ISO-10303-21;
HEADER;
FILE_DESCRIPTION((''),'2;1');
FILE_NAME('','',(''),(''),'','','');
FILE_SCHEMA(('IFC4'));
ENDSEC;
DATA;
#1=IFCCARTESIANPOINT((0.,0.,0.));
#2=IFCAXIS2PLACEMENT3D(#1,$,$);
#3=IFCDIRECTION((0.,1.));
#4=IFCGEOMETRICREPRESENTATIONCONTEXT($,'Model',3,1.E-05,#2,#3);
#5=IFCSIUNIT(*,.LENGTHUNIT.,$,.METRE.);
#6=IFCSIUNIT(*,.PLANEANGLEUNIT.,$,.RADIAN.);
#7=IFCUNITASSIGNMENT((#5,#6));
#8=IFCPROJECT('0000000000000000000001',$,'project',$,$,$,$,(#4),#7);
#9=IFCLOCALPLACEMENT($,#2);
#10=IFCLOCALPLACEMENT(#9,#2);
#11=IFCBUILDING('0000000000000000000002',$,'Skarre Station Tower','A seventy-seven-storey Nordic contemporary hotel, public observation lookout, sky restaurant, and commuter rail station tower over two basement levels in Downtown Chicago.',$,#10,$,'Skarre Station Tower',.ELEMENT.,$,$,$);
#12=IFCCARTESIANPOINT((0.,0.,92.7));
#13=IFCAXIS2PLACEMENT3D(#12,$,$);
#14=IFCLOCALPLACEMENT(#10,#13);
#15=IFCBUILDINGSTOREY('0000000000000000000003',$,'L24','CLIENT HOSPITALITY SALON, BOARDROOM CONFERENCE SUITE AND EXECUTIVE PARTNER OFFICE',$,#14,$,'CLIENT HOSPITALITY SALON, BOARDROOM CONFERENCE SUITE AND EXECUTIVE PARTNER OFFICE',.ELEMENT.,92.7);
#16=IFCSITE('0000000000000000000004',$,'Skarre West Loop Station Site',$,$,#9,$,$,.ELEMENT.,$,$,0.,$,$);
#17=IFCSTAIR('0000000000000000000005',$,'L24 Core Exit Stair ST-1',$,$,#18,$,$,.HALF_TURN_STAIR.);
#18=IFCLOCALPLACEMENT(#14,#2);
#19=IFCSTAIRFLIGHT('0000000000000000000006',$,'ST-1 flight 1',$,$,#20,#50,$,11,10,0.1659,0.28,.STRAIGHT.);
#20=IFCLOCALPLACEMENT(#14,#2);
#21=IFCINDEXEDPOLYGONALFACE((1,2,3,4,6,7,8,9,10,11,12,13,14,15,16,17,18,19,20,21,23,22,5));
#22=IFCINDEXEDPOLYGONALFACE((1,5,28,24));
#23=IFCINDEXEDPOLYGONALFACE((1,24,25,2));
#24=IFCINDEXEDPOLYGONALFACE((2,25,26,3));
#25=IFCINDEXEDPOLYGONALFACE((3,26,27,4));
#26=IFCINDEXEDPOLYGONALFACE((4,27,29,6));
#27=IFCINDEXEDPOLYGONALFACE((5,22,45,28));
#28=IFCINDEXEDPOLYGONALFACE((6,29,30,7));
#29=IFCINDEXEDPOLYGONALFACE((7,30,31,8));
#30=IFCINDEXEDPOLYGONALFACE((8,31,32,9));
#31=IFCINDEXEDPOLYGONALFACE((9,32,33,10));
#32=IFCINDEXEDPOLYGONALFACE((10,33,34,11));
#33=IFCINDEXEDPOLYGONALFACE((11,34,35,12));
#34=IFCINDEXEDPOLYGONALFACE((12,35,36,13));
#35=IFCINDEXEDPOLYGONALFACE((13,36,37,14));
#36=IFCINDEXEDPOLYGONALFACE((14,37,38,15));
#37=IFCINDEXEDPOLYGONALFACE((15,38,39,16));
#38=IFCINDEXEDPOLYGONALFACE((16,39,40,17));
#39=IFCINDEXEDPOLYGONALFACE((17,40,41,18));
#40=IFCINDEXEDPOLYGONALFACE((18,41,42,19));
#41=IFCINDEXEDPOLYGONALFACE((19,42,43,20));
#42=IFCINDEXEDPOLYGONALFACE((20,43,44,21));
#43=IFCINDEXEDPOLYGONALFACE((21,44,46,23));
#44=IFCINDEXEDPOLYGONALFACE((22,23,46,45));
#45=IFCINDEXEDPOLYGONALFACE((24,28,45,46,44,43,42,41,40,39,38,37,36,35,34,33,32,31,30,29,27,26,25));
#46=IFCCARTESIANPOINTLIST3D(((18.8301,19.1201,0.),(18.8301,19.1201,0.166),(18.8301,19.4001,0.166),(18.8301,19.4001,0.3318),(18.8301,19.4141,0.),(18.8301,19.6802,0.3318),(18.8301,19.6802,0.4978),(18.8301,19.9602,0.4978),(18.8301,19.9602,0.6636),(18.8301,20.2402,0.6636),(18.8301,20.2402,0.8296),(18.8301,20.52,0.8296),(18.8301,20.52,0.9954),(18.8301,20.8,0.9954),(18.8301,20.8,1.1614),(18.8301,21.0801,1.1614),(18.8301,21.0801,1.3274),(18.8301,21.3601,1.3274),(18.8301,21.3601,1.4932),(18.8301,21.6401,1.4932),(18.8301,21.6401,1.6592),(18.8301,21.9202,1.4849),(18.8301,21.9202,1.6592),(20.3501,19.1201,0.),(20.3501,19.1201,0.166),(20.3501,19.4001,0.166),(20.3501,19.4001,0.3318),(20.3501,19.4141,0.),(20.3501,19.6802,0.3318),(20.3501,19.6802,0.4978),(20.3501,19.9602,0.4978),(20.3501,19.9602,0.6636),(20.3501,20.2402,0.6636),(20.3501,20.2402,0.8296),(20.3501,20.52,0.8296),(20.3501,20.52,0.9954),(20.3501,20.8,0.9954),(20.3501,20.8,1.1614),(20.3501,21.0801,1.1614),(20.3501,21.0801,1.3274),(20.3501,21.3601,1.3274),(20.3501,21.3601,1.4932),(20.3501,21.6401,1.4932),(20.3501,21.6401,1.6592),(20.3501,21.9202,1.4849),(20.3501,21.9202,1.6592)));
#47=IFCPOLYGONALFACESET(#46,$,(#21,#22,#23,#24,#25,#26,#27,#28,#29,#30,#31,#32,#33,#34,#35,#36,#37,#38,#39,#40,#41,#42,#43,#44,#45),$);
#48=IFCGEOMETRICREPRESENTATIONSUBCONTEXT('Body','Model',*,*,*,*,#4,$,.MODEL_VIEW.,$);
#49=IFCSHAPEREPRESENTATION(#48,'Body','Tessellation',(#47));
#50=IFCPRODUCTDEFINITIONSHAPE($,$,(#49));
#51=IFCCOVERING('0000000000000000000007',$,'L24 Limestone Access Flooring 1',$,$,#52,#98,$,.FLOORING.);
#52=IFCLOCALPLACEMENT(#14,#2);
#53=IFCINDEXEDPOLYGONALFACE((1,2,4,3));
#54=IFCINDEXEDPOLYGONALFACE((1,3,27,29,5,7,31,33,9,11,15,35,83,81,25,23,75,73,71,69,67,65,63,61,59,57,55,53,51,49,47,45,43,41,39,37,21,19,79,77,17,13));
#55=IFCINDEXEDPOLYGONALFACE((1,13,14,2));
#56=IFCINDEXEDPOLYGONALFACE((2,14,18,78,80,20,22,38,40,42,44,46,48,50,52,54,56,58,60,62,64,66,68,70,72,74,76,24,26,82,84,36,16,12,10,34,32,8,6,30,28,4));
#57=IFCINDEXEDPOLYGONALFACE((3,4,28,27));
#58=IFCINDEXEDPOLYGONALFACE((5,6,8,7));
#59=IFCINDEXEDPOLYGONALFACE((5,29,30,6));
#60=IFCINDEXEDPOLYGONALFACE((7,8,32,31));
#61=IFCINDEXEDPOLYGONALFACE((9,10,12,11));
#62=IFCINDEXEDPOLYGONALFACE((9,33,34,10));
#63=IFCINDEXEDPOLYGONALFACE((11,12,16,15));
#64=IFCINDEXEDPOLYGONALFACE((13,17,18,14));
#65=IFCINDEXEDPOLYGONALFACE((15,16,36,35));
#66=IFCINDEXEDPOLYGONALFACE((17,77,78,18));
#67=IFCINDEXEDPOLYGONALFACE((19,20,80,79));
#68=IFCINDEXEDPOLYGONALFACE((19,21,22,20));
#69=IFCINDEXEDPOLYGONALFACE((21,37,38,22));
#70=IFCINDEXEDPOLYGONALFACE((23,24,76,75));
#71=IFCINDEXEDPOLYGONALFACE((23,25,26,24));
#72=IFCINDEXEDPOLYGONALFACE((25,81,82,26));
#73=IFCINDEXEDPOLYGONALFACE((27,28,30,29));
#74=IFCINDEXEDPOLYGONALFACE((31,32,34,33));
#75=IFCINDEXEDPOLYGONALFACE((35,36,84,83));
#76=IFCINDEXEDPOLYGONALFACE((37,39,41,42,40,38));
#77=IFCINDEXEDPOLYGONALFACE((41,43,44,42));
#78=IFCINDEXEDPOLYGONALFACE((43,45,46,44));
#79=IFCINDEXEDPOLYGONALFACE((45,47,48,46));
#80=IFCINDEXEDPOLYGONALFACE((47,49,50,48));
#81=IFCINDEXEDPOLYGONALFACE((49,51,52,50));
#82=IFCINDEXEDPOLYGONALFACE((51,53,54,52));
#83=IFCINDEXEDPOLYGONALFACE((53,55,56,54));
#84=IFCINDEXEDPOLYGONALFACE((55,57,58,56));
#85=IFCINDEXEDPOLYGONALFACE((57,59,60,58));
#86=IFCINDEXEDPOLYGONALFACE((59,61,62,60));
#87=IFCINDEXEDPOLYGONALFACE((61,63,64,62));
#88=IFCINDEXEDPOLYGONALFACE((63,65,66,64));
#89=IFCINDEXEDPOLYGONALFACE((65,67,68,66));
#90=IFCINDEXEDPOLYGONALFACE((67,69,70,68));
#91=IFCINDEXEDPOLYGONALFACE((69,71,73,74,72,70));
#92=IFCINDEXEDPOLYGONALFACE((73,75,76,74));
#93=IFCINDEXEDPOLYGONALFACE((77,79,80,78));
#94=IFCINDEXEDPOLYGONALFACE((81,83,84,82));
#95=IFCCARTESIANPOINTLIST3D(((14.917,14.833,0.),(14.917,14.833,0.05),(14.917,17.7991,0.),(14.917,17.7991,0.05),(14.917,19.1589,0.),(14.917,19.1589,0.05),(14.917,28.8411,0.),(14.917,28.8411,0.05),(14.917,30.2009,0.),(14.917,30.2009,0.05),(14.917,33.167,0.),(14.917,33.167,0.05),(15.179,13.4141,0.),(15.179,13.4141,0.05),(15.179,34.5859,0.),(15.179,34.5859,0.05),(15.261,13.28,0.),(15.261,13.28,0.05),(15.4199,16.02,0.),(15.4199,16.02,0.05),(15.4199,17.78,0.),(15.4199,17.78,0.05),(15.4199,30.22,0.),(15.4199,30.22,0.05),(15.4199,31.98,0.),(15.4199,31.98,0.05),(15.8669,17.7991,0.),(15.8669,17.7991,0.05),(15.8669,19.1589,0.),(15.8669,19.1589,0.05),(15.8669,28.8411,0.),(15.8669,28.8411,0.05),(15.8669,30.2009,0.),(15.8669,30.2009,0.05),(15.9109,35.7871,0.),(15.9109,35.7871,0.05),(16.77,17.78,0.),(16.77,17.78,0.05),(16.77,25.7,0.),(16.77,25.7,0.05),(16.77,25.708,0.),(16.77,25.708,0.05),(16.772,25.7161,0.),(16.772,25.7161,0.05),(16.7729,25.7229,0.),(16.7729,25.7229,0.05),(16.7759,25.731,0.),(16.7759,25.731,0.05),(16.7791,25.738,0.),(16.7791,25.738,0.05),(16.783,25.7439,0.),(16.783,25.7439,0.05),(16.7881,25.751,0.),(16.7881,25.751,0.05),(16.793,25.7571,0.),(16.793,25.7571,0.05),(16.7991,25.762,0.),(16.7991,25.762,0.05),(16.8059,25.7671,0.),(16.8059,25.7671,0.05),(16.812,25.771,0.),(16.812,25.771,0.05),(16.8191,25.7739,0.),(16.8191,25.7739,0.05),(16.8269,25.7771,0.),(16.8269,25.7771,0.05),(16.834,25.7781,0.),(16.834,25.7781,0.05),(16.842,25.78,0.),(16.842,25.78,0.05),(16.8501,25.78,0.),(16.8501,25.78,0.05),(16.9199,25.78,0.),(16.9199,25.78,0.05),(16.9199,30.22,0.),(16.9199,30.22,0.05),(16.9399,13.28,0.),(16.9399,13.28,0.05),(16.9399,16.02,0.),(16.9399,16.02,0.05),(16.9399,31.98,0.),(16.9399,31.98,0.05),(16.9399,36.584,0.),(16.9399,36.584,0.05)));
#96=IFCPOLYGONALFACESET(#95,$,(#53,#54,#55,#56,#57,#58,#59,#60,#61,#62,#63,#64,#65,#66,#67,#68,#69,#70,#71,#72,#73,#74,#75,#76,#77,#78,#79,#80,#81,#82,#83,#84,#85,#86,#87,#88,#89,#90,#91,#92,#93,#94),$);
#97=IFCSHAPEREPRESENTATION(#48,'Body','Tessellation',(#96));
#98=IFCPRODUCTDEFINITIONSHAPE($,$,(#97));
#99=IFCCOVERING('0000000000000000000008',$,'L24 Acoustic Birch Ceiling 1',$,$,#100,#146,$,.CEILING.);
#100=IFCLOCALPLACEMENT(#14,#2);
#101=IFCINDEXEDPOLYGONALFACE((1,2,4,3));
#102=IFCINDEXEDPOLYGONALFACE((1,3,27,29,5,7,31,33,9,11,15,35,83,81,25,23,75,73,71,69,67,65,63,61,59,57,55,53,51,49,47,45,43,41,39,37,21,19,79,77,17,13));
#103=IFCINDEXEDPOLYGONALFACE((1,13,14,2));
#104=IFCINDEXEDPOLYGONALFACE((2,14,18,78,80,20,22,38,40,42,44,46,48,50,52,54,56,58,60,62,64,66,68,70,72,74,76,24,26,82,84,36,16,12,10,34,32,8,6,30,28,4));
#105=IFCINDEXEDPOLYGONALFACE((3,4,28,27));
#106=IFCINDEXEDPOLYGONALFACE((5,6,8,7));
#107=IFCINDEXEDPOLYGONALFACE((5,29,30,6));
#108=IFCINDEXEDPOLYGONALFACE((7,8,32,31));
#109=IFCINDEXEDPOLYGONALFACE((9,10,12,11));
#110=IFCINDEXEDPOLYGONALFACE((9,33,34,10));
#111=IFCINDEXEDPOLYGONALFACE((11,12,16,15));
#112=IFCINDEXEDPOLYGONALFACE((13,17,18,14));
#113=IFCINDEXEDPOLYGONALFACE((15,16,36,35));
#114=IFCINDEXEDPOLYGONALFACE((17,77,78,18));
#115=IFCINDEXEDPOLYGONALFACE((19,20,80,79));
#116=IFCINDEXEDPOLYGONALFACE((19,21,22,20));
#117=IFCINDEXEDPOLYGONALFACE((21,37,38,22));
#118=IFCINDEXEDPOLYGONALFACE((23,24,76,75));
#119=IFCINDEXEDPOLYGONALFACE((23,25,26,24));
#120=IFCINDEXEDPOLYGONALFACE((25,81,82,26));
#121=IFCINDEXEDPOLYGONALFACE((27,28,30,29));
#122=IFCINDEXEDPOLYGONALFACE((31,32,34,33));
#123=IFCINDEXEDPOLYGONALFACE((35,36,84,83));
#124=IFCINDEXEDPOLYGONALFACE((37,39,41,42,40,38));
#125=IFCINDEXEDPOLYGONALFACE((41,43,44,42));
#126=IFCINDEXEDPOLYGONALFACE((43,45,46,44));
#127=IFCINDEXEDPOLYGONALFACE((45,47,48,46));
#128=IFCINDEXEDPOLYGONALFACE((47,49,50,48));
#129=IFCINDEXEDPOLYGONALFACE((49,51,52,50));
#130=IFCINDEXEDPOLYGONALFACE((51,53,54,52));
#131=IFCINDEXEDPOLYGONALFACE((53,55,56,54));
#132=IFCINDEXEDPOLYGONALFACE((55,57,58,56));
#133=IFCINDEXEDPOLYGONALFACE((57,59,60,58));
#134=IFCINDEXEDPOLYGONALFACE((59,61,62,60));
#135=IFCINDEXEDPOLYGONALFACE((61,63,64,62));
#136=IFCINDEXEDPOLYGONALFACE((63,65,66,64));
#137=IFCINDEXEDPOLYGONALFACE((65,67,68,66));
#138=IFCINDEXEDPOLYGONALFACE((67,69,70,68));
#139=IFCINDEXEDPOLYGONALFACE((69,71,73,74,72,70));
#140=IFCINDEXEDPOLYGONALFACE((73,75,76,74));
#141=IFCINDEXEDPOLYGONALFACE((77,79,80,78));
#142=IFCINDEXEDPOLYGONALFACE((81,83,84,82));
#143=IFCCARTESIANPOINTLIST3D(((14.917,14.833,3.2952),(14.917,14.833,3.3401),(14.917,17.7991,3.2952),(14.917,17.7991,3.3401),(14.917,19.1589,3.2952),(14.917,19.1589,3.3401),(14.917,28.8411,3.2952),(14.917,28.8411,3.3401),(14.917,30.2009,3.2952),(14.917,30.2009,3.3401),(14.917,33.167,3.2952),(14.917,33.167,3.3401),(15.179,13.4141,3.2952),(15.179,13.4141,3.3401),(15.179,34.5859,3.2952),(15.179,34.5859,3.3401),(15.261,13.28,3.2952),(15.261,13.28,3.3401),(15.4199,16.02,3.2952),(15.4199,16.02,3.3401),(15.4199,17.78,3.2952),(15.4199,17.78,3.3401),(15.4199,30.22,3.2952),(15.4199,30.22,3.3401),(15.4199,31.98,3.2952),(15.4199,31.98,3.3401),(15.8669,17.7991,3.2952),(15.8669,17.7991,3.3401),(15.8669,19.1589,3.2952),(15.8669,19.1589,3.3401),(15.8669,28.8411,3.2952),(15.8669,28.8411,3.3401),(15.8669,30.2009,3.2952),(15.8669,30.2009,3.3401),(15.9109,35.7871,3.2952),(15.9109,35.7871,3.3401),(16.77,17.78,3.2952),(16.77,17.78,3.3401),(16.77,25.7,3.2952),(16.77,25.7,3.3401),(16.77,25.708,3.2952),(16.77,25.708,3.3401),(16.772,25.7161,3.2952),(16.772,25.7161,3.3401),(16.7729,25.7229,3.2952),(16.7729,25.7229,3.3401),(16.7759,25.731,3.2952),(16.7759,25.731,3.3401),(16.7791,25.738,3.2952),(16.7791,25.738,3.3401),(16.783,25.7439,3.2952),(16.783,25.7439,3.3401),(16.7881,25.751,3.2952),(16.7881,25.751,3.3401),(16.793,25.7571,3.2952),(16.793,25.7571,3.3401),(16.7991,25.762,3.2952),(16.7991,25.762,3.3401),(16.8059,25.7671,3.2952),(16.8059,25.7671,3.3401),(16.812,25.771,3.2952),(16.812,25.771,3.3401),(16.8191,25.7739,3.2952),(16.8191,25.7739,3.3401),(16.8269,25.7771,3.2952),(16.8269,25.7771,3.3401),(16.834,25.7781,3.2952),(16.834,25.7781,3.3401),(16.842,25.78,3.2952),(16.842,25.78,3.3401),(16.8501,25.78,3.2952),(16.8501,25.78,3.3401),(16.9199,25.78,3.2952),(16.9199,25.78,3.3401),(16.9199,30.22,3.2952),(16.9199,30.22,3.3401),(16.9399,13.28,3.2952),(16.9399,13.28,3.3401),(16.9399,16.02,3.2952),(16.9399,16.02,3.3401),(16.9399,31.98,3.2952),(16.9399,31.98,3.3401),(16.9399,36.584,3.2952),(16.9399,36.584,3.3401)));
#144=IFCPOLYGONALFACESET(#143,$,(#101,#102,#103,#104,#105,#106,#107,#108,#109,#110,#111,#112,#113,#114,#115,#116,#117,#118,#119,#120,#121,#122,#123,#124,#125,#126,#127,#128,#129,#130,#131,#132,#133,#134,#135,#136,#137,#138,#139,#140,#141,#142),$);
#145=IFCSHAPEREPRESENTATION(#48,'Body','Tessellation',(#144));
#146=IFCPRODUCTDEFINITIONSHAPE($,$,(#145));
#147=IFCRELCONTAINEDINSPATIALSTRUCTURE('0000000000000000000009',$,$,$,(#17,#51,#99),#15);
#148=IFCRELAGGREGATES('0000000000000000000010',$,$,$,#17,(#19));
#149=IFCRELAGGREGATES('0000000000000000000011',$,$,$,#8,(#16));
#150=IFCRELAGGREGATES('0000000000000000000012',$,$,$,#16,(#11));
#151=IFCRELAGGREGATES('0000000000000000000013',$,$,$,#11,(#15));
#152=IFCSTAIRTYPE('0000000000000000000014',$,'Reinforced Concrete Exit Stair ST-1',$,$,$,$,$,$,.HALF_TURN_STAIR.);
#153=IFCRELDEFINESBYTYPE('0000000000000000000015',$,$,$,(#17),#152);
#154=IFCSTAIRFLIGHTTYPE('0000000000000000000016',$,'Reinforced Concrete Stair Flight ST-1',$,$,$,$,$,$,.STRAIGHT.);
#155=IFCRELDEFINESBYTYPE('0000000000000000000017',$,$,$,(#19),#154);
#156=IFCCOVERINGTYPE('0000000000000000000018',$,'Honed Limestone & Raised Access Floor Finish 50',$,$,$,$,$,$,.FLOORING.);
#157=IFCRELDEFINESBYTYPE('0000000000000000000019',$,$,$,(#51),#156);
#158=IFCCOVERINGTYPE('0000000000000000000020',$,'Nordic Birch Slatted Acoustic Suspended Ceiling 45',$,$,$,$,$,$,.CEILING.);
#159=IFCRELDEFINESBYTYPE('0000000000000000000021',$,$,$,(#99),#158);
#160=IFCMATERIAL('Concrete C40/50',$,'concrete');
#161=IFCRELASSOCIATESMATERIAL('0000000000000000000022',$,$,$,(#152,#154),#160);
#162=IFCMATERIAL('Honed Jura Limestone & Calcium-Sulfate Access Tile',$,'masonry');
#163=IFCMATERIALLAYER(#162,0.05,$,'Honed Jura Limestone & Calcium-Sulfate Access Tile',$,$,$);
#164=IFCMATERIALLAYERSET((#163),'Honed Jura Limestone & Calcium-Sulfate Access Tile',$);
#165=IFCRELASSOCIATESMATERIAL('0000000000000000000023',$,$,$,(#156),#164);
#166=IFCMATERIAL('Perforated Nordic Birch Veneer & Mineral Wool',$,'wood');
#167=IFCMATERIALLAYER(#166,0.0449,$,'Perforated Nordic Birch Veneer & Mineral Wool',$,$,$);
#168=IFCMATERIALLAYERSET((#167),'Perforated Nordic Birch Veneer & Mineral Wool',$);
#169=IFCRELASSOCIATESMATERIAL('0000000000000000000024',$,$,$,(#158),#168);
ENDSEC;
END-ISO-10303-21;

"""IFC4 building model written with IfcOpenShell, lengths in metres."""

from ifc_helpers import new_model, si_unit, direction, frame, origin, place, context, subcontext, project, spatial, polyline, outline, extrude, material, layer, layer_set, type_object, element, aggregate, save


model = new_model("IFC4")

# Units and contexts
model_context = context("Model", 3, precision=1e-05, world=origin(), true_north=direction((0.0, 1.0)))
body_context = subcontext(model_context, "Body", "Model", "MODEL_VIEW")
ifc_project = project(units=[si_unit("LENGTHUNIT", "METRE"), si_unit("PLANEANGLEUNIT", "RADIAN")], contexts=[model_context])

# Site, building, storey
site_placement = place(None, origin())
site = spatial("IfcSite", under=ifc_project, at=site_placement, Name="Skarre West Loop Station Site", CompositionType="ELEMENT", RefElevation=0.0)
building_placement = place(site_placement, origin())
building = spatial("IfcBuilding", under=site, at=building_placement, Name="Skarre Station Tower", Description="A seventy-seven-storey Nordic contemporary hotel, public observation lookout, sky restaurant, and commuter rail station tower over two basement levels in Downtown Chicago.", LongName="Skarre Station Tower", CompositionType="ELEMENT")
storey_placement = place(building_placement, frame((0.0, 0.0, 92.7)))
storey = spatial("IfcBuildingStorey", under=building, at=storey_placement, Name="L24", Description="CLIENT HOSPITALITY SALON, BOARDROOM CONFERENCE SUITE AND EXECUTIVE PARTNER OFFICE", LongName="CLIENT HOSPITALITY SALON, BOARDROOM CONFERENCE SUITE AND EXECUTIVE PARTNER OFFICE", CompositionType="ELEMENT", Elevation=92.7)

# Stair
ifc_material_1 = material(Name="Concrete C40/50", Category="concrete")
stair_type_1 = type_object("IfcStairType", Name="Reinforced Concrete Exit Stair ST-1", PredefinedType="HALF_TURN_STAIR", material=ifc_material_1)
stair_1_placement = place(storey_placement, origin())
stair_1 = element("IfcStair", 1, at=stair_1_placement, inside=storey, type_object=stair_type_1, Name="L24 Core Exit Stair ST-1", PredefinedType="HALF_TURN_STAIR")

# Stair flight
stair_flight_type = type_object("IfcStairFlightType", Name="Reinforced Concrete Stair Flight ST-1", PredefinedType="STRAIGHT", material=ifc_material_1)
stair_flight_placement = place(storey_placement, frame((19.5901, 19.1201, 0.0), z_axis=(0.0, 0.0, 1.0), x_axis=(0.0, 1.0, 0.0)))
stair_flight = element("IfcStairFlight", 2, at=stair_flight_placement, type_object=stair_flight_type, Name="ST-1 flight 1", NumberOfRisers=11, NumberOfTreads=10, PredefinedType="STRAIGHT", RiserHeight=0.1659, TreadLength=0.28, context=body_context, shape_type="SweptSolid", body=[
    extrude(outline(polyline([(0.0, 0.0), (0.0, 0.166), (0.28, 0.166), (0.28, 0.3318), (0.5601, 0.3318), (0.5601, 0.4978), (0.8401, 0.4978), (0.8401, 0.6636), (1.1201, 0.6636), (1.1201, 0.8296), (1.3999, 0.8296), (1.3999, 0.9954), (1.6799, 0.9954), (1.6799, 1.1614), (1.96, 1.1614), (1.96, 1.3274), (2.24, 1.3274), (2.24, 1.4932), (2.52, 1.4932), (2.52, 1.6592), (2.8, 1.6592), (2.8, 1.825), (2.8, 1.4849), (0.2939, 0.0), (0.0, 0.0)])), frame((0.0, 0.76, 0.0), z_axis=(0.0, -1.0, 0.0), x_axis=(1.0, 0.0, 0.0)), (0.0, 0.0, 1.0), 1.52),
])
aggregate(stair_1, [stair_flight])

# Coverings
ifc_material_2 = material(Name="Honed Jura Limestone & Calcium-Sulfate Access Tile", Category="masonry")
ifc_layer_1 = layer(ifc_material_2, 0.05, Name="Honed Jura Limestone & Calcium-Sulfate Access Tile")
ifc_layer_set_1 = layer_set([ifc_layer_1], Name="Honed Jura Limestone & Calcium-Sulfate Access Tile")
covering_type_1 = type_object("IfcCoveringType", Name="Honed Limestone & Raised Access Floor Finish 50", PredefinedType="FLOORING", material=ifc_layer_set_1)
covering_1_placement = place(storey_placement, origin())
element("IfcCovering", 3, at=covering_1_placement, inside=storey, type_object=covering_type_1, Name="L24 Limestone Access Flooring 1", PredefinedType="FLOORING", context=body_context, shape_type="SweptSolid", body=[
    extrude(outline(polyline([(16.9399, 36.584), (15.9109, 35.7871), (15.179, 34.5859), (14.917, 33.167), (14.917, 30.2009), (15.8669, 30.2009), (15.8669, 28.8411), (14.917, 28.8411), (14.917, 19.1589), (15.8669, 19.1589), (15.8669, 17.7991), (14.917, 17.7991), (14.917, 14.833), (15.179, 13.4141), (15.261, 13.28), (16.9399, 13.28), (16.9399, 16.02), (15.4199, 16.02), (15.4199, 17.78), (16.77, 17.78), (16.77, 25.7), (16.77, 25.708), (16.772, 25.7161), (16.7729, 25.7229), (16.7759, 25.731), (16.7791, 25.738), (16.783, 25.7439), (16.7881, 25.751), (16.793, 25.7571), (16.7991, 25.762), (16.8059, 25.7671), (16.812, 25.771), (16.8191, 25.7739), (16.8269, 25.7771), (16.834, 25.7781), (16.842, 25.78), (16.8501, 25.78), (16.9199, 25.78), (16.9199, 30.22), (15.4199, 30.22), (15.4199, 31.98), (16.9399, 31.98), (16.9399, 36.584)])), origin(), (0.0, 0.0, 1.0), 0.05),
])
ifc_material_3 = material(Name="Perforated Nordic Birch Veneer & Mineral Wool", Category="wood")
ifc_layer_2 = layer(ifc_material_3, 0.0449, Name="Perforated Nordic Birch Veneer & Mineral Wool")
ifc_layer_set_2 = layer_set([ifc_layer_2], Name="Perforated Nordic Birch Veneer & Mineral Wool")
covering_type_2 = type_object("IfcCoveringType", Name="Nordic Birch Slatted Acoustic Suspended Ceiling 45", PredefinedType="CEILING", material=ifc_layer_set_2)
covering_2_placement = place(storey_placement, frame((0.0, 0.0, 3.2952)))
element("IfcCovering", 4, at=covering_2_placement, inside=storey, type_object=covering_type_2, Name="L24 Acoustic Birch Ceiling 1", PredefinedType="CEILING", context=body_context, shape_type="SweptSolid", body=[
    extrude(outline(polyline([(16.9399, 36.584), (15.9109, 35.7871), (15.179, 34.5859), (14.917, 33.167), (14.917, 30.2009), (15.8669, 30.2009), (15.8669, 28.8411), (14.917, 28.8411), (14.917, 19.1589), (15.8669, 19.1589), (15.8669, 17.7991), (14.917, 17.7991), (14.917, 14.833), (15.179, 13.4141), (15.261, 13.28), (16.9399, 13.28), (16.9399, 16.02), (15.4199, 16.02), (15.4199, 17.78), (16.77, 17.78), (16.77, 25.7), (16.77, 25.708), (16.772, 25.7161), (16.7729, 25.7229), (16.7759, 25.731), (16.7791, 25.738), (16.783, 25.7439), (16.7881, 25.751), (16.793, 25.7571), (16.7991, 25.762), (16.8059, 25.7671), (16.812, 25.771), (16.8191, 25.7739), (16.8269, 25.7771), (16.834, 25.7781), (16.842, 25.78), (16.8501, 25.78), (16.9199, 25.78), (16.9199, 30.22), (15.4199, 30.22), (15.4199, 31.98), (16.9399, 31.98), (16.9399, 36.584)])), origin(), (0.0, 0.0, 1.0), 0.0449),
])

save(model, "model.ifc")
